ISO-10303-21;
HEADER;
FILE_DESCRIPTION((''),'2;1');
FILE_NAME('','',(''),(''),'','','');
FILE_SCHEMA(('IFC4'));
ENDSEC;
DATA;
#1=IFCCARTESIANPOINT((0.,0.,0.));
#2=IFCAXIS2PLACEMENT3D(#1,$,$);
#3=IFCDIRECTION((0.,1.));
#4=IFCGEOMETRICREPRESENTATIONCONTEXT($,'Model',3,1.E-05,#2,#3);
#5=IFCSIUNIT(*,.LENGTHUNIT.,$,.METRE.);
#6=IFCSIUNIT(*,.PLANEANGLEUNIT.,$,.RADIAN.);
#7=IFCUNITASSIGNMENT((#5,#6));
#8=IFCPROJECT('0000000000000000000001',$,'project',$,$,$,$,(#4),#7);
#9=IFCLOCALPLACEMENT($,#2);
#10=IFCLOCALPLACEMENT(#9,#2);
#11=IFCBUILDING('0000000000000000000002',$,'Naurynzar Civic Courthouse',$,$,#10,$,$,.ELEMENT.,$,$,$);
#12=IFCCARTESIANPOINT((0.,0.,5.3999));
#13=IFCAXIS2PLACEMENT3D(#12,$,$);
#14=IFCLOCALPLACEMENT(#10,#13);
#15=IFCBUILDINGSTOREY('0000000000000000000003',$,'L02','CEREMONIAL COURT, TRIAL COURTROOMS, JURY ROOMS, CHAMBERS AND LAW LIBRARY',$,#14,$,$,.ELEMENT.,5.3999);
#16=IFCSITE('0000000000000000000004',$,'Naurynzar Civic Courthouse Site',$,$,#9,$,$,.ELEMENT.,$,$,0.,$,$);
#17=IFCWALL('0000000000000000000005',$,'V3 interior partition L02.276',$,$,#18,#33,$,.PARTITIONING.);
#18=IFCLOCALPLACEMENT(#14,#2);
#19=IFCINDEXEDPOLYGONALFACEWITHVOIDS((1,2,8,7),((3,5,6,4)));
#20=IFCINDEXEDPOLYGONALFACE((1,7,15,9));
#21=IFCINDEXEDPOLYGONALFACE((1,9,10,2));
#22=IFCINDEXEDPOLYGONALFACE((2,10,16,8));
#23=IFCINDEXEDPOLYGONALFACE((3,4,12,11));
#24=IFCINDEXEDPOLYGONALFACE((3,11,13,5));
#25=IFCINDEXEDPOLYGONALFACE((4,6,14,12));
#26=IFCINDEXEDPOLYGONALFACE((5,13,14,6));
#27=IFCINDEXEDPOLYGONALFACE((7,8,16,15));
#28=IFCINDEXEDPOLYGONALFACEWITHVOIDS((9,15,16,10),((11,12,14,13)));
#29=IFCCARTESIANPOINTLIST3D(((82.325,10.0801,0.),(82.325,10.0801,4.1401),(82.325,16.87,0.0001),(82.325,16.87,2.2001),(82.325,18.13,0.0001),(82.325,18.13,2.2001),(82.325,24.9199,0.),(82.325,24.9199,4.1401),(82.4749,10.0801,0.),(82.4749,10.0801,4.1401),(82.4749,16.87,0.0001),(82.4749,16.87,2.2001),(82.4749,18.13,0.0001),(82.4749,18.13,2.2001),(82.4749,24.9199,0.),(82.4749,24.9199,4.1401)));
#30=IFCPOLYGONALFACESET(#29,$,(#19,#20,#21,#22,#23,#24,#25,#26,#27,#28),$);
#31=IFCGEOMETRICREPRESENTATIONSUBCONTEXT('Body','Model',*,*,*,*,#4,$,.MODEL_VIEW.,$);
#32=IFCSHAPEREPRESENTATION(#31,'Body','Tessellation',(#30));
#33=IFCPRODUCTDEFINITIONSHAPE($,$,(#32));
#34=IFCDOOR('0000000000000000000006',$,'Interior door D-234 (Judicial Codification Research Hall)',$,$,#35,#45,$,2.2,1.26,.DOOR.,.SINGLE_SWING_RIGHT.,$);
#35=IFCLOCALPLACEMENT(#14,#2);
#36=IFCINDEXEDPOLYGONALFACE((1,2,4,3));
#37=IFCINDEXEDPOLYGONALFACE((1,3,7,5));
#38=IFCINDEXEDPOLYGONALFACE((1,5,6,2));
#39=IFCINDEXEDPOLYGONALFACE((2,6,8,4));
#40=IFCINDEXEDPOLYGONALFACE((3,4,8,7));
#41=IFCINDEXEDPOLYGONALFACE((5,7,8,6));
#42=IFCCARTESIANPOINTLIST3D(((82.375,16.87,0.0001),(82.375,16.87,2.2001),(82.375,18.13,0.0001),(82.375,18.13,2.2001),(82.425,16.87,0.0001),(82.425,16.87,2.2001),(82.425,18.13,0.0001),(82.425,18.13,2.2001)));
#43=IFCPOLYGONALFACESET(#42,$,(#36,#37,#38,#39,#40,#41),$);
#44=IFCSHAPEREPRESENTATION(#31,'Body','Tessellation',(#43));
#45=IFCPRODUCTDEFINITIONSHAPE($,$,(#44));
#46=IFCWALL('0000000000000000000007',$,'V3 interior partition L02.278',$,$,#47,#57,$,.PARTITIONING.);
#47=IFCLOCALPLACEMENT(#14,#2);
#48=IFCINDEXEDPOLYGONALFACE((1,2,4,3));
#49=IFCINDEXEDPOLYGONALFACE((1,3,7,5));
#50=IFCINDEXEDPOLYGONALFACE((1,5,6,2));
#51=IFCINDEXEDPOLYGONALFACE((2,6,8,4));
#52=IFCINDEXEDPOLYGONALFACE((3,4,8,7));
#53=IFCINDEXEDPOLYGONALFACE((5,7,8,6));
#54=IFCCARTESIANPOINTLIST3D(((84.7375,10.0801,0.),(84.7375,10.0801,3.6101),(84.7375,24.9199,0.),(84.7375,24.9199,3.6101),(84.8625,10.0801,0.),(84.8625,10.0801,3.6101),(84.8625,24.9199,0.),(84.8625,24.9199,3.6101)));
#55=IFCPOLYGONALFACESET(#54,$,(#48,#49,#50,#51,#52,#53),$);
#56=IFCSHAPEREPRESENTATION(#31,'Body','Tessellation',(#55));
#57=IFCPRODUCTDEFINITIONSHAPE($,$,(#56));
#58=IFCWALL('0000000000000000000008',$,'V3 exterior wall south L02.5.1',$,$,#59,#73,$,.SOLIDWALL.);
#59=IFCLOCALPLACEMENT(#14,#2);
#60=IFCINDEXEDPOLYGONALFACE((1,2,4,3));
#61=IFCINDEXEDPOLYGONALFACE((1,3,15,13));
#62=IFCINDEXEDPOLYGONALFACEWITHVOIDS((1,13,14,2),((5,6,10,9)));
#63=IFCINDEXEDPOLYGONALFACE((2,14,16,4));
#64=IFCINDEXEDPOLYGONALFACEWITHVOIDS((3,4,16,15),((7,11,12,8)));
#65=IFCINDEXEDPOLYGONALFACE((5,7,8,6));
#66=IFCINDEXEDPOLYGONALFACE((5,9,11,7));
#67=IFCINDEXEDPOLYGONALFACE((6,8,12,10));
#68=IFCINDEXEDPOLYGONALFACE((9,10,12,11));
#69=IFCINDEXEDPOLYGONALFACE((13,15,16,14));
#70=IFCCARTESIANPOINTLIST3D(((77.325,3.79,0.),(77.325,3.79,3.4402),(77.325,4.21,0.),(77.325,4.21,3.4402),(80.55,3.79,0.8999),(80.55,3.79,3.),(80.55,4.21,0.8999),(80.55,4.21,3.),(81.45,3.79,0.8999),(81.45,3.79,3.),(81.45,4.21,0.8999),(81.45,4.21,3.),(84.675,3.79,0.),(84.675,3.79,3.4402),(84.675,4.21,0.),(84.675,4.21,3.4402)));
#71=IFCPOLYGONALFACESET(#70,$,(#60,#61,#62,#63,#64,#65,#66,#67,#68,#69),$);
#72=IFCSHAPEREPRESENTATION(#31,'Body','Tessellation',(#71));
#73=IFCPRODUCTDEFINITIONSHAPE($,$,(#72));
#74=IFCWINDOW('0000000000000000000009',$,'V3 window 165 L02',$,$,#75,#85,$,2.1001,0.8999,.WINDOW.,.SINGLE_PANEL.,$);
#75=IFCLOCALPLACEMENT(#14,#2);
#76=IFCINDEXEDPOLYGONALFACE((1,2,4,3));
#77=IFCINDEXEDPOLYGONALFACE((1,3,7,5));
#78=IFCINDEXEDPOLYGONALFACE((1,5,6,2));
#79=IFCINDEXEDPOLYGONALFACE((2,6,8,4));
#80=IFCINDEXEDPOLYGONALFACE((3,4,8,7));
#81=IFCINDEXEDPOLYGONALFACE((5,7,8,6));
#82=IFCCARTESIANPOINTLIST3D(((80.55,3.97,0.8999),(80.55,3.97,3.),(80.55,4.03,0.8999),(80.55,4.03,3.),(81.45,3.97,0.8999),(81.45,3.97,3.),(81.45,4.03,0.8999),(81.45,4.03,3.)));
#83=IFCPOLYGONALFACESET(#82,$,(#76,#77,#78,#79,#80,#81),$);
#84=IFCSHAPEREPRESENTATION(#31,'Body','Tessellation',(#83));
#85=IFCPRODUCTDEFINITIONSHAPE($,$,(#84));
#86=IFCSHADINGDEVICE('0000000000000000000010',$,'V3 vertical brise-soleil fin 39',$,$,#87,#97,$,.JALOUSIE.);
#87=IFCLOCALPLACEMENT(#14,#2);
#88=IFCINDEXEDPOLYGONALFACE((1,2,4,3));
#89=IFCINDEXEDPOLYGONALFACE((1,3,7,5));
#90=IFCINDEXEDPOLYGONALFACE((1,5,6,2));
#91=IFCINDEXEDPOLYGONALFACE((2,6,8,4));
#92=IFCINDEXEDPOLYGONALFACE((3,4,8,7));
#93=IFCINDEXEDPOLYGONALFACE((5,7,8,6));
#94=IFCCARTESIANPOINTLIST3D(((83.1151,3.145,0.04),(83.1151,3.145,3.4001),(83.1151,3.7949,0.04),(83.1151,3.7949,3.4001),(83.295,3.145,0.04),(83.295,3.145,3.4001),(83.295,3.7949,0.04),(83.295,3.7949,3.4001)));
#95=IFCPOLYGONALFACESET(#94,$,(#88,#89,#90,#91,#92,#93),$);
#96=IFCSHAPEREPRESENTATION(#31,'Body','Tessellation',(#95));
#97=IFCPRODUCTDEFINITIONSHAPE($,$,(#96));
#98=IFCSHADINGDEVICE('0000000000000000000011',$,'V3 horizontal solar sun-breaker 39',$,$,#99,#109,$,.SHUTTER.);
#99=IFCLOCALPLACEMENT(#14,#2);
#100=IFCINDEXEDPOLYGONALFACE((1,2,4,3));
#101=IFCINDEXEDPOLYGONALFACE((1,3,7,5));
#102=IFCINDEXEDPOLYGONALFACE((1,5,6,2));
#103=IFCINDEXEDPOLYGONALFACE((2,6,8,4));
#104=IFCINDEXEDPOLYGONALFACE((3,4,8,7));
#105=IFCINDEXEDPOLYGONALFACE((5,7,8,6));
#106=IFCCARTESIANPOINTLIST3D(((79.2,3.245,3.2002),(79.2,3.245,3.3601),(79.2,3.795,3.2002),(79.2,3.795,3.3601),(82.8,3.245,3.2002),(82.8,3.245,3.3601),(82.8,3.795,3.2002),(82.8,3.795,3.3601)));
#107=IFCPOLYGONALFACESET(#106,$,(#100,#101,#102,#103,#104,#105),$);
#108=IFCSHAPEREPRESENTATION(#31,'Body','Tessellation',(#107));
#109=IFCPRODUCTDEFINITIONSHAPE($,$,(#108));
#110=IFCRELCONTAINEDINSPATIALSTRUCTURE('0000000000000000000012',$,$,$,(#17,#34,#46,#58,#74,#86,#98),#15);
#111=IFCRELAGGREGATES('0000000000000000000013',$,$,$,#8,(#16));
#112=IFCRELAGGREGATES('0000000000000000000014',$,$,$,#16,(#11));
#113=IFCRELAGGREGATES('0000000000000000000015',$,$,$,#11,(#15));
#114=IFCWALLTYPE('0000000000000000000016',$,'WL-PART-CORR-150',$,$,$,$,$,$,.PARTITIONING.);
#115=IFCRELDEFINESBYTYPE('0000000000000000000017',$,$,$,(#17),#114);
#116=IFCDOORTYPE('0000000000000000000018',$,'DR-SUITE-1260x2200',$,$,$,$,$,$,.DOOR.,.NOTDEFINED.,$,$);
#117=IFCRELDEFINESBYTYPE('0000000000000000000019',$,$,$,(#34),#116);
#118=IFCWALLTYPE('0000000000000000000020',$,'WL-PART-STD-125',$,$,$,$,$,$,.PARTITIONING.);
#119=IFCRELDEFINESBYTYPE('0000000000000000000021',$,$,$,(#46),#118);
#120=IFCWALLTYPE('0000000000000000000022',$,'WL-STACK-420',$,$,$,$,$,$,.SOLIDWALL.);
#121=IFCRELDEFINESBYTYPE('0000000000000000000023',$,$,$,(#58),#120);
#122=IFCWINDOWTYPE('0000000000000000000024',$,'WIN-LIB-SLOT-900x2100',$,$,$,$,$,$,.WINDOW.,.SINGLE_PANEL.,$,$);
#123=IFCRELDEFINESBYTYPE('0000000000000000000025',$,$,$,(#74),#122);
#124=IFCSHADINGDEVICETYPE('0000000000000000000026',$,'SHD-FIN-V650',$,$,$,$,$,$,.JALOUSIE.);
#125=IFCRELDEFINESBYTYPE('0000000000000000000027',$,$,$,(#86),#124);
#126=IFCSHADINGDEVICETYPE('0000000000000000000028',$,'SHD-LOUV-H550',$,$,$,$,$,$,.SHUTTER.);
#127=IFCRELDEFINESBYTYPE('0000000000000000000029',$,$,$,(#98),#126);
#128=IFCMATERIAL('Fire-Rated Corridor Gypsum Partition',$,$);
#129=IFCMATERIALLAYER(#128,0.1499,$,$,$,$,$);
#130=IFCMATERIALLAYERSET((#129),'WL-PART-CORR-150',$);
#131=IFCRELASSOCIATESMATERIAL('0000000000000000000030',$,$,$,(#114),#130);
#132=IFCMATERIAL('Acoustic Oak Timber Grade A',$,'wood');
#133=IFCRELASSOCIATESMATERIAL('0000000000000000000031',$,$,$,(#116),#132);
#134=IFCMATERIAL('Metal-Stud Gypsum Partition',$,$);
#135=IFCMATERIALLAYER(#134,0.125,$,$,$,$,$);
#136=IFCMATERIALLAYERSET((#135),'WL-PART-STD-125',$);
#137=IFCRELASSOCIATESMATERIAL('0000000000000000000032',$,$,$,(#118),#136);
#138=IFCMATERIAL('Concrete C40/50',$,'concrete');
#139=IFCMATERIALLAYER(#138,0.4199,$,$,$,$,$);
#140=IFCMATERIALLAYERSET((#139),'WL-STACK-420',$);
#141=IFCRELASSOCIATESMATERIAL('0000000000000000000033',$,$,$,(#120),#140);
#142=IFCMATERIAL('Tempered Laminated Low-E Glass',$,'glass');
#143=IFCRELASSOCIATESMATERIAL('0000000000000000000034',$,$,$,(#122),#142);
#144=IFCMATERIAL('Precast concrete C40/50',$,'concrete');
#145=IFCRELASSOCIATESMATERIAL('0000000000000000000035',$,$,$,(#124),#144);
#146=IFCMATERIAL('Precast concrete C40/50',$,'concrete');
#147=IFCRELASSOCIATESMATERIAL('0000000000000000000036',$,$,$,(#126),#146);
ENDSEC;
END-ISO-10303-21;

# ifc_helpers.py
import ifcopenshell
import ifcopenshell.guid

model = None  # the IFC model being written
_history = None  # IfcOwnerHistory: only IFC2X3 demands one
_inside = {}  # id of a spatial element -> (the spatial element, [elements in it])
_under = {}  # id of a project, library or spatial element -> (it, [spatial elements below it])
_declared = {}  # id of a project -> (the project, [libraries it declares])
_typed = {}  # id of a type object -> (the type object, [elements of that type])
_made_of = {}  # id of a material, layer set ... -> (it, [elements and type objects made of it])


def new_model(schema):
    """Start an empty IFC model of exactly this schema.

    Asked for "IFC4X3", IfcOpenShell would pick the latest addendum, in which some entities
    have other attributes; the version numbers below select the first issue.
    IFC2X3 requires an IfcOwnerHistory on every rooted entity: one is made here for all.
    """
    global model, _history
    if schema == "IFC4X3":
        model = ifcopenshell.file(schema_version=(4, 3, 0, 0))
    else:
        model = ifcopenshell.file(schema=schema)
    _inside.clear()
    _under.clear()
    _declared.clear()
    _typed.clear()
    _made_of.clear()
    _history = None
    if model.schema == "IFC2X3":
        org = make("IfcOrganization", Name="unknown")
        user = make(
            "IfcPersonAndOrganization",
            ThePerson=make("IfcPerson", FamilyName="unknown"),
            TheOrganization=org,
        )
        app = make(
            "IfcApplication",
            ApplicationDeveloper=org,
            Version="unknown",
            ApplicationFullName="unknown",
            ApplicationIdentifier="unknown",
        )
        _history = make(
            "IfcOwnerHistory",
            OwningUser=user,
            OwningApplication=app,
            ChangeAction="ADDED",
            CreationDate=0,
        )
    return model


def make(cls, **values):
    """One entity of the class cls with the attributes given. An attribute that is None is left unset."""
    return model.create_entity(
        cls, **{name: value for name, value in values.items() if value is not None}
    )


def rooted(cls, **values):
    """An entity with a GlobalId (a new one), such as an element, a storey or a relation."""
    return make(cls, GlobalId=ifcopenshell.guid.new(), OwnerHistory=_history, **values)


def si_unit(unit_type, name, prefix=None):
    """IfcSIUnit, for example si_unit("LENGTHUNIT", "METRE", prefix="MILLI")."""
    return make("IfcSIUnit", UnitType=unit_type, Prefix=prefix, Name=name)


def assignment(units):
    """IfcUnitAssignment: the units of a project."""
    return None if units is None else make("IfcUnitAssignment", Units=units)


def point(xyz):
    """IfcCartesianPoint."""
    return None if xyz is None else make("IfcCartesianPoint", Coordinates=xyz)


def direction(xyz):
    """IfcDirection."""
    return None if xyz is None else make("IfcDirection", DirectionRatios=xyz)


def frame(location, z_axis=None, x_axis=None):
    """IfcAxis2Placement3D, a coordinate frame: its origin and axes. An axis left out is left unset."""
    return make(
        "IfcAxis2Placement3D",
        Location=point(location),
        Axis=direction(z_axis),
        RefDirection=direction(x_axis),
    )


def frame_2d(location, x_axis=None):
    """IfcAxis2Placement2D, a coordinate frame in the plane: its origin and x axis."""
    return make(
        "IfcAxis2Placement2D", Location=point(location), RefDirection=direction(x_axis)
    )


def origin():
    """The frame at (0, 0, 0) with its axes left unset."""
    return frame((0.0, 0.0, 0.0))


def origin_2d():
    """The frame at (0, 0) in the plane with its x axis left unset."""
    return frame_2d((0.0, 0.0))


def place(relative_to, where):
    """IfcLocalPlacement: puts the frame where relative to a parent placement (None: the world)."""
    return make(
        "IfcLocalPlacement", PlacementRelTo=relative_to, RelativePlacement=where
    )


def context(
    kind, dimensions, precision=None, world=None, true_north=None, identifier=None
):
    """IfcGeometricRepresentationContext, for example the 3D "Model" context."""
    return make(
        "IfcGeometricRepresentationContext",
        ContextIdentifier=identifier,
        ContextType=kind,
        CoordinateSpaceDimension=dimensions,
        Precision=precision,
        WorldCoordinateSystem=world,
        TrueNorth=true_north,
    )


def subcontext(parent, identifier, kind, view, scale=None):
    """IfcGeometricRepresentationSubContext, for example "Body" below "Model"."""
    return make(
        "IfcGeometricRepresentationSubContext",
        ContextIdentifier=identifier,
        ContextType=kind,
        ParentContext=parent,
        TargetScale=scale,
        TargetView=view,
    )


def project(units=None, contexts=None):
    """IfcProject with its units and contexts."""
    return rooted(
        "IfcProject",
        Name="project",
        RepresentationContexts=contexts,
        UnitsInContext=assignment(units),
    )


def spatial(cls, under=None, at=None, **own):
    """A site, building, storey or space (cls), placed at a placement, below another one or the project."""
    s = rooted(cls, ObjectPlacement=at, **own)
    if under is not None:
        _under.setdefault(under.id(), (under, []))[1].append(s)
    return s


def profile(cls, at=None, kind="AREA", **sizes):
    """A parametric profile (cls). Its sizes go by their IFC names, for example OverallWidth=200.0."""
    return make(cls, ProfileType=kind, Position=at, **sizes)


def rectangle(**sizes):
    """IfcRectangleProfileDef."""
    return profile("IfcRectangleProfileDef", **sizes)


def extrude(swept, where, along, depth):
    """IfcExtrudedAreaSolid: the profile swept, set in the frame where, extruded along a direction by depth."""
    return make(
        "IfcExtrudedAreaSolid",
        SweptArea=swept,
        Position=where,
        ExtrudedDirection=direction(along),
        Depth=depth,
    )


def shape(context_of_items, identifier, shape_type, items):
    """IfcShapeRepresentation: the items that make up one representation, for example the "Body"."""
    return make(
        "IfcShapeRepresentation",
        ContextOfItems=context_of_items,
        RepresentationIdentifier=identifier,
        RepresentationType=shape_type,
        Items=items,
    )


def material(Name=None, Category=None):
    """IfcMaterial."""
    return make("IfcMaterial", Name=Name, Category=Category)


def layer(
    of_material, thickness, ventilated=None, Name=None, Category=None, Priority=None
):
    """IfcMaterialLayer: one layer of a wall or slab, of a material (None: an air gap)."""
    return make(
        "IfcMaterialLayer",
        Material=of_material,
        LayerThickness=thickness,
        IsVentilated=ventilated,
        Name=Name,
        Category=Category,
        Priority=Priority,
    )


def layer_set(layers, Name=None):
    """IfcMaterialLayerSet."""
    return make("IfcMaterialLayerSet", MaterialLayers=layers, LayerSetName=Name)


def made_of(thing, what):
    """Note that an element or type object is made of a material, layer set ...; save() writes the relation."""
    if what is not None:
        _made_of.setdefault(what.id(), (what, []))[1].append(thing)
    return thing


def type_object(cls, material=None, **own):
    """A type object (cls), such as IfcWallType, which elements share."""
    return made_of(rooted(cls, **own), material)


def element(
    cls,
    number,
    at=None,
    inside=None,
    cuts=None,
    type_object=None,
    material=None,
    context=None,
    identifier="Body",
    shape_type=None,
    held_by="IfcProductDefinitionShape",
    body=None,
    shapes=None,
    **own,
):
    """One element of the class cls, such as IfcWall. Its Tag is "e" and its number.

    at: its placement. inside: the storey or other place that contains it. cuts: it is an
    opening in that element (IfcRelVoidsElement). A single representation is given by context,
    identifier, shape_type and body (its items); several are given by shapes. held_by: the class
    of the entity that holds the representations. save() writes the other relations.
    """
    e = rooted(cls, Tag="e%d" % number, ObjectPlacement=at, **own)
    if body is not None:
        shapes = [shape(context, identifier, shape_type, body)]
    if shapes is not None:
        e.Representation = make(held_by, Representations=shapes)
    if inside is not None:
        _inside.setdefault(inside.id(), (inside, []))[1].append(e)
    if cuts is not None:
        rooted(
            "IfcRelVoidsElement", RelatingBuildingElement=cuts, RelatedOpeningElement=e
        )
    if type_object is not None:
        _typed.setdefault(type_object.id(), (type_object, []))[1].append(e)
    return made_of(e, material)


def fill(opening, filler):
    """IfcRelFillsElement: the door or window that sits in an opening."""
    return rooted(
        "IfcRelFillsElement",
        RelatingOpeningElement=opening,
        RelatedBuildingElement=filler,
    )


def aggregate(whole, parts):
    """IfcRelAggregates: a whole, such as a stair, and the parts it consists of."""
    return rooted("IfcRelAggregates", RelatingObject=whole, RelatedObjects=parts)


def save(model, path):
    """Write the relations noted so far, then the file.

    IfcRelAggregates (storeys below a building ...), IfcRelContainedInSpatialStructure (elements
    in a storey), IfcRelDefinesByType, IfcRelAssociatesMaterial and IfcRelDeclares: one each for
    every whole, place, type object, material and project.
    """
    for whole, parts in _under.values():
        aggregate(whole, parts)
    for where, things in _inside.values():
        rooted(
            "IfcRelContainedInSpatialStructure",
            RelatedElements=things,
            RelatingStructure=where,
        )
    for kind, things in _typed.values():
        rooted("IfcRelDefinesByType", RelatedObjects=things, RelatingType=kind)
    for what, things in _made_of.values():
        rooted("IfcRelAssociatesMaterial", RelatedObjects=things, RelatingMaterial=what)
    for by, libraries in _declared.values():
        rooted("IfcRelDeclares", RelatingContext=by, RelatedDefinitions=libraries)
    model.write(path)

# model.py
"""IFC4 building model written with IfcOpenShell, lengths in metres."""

from ifc_helpers import new_model, si_unit, direction, frame, frame_2d, origin, origin_2d, place, context, subcontext, project, spatial, rectangle, extrude, material, layer, layer_set, type_object, element, fill, save


model = new_model("IFC4")

# Units and contexts
model_context = context("Model", 3, precision=1e-05, world=origin(), true_north=direction((0.0, 1.0)))
body_context = subcontext(model_context, "Body", "Model", "MODEL_VIEW")
ifc_project = project(units=[si_unit("LENGTHUNIT", "METRE"), si_unit("PLANEANGLEUNIT", "RADIAN")], contexts=[model_context])

# Site, building, storey
site_placement = place(None, origin())
site = spatial("IfcSite", under=ifc_project, at=site_placement, Name="Naurynzar Civic Courthouse Site", CompositionType="ELEMENT", RefElevation=0.0)
building_placement = place(site_placement, origin())
building = spatial("IfcBuilding", under=site, at=building_placement, Name="Naurynzar Civic Courthouse", CompositionType="ELEMENT")
storey_placement = place(building_placement, frame((0.0, 0.0, 5.3999)))
storey = spatial("IfcBuildingStorey", under=building, at=storey_placement, Name="L02", Description="CEREMONIAL COURT, TRIAL COURTROOMS, JURY ROOMS, CHAMBERS AND LAW LIBRARY", CompositionType="ELEMENT", Elevation=5.3999)

# Wall, opening, door
ifc_material_1 = material(Name="Fire-Rated Corridor Gypsum Partition")
ifc_layer_1 = layer(ifc_material_1, 0.1499)
ifc_layer_set_1 = layer_set([ifc_layer_1], Name="WL-PART-CORR-150")
wall_type_1 = type_object("IfcWallType", Name="WL-PART-CORR-150", PredefinedType="PARTITIONING", material=ifc_layer_set_1)
wall_1_placement = place(storey_placement, frame((82.3999, 10.0801, 0.0), z_axis=(0.0, 0.0, 1.0), x_axis=(0.0, 1.0, 0.0)))
wall_1 = element("IfcWall", 1, at=wall_1_placement, inside=storey, type_object=wall_type_1, Name="V3 interior partition L02.276", PredefinedType="PARTITIONING", context=body_context, shape_type="SweptSolid", body=[
    extrude(rectangle(XDim=14.8398, YDim=0.1499, at=frame_2d((7.4199, 0.0))), origin(), (0.0, 0.0, 1.0), 4.1401),
])
opening_1_placement = place(wall_1_placement, frame((6.79, 0.0, 0.0)))
opening_1 = element("IfcOpeningElement", 2, at=opening_1_placement, cuts=wall_1, PredefinedType="OPENING", context=body_context, shape_type="SweptSolid", body=[
    extrude(rectangle(XDim=1.26, YDim=2.2, at=frame_2d((0.6299, 1.1001))), frame((0.0, 0.085, 0.0), z_axis=(0.0, -1.0, 0.0), x_axis=(1.0, 0.0, 0.0)), (0.0, 0.0, 1.0), 0.1699),
])
ifc_material_2 = material(Name="Acoustic Oak Timber Grade A", Category="wood")
door_type_1 = type_object("IfcDoorType", Name="DR-SUITE-1260x2200", OperationType="NOTDEFINED", PredefinedType="DOOR", material=ifc_material_2)
door_1_placement = place(opening_1_placement, origin())
door_1 = element("IfcDoor", 3, at=door_1_placement, inside=storey, type_object=door_type_1, Name="Interior door D-234 (Judicial Codification Research Hall)", OperationType="SINGLE_SWING_RIGHT", OverallHeight=2.2, OverallWidth=1.26, PredefinedType="DOOR", context=body_context, shape_type="SweptSolid", body=[
    extrude(rectangle(XDim=1.26, YDim=2.2, at=frame_2d((0.6299, 1.1001))), frame((0.0, 0.0249, 0.0), z_axis=(0.0, -1.0, 0.0), x_axis=(1.0, 0.0, 0.0)), (0.0, 0.0, 1.0), 0.05),
])
fill(opening_1, door_1)

# Wall
ifc_material_3 = material(Name="Metal-Stud Gypsum Partition")
ifc_layer_2 = layer(ifc_material_3, 0.125)
ifc_layer_set_2 = layer_set([ifc_layer_2], Name="WL-PART-STD-125")
wall_type_2 = type_object("IfcWallType", Name="WL-PART-STD-125", PredefinedType="PARTITIONING", material=ifc_layer_set_2)
wall_2_placement = place(storey_placement, frame((84.8, 10.0801, 0.0), z_axis=(0.0, 0.0, 1.0), x_axis=(0.0, 1.0, 0.0)))
element("IfcWall", 4, at=wall_2_placement, inside=storey, type_object=wall_type_2, Name="V3 interior partition L02.278", PredefinedType="PARTITIONING", context=body_context, shape_type="SweptSolid", body=[
    extrude(rectangle(XDim=14.8398, YDim=0.125, at=frame_2d((7.4199, 0.0))), origin(), (0.0, 0.0, 1.0), 3.6101),
])

# Wall, opening, window
ifc_material_4 = material(Name="Concrete C40/50", Category="concrete")
ifc_layer_3 = layer(ifc_material_4, 0.4199)
ifc_layer_set_3 = layer_set([ifc_layer_3], Name="WL-STACK-420")
wall_type_3 = type_object("IfcWallType", Name="WL-STACK-420", PredefinedType="SOLIDWALL", material=ifc_layer_set_3)
wall_3_placement = place(storey_placement, frame((84.675, 4.0, 0.0), z_axis=(0.0, 0.0, 1.0), x_axis=(-1.0, 0.0, 0.0)))
wall_3 = element("IfcWall", 5, at=wall_3_placement, inside=storey, type_object=wall_type_3, Name="V3 exterior wall south L02.5.1", PredefinedType="SOLIDWALL", context=body_context, shape_type="SweptSolid", body=[
    extrude(rectangle(XDim=7.3501, YDim=0.4199, at=frame_2d((3.675, 0.0))), origin(), (0.0, 0.0, 1.0), 3.4402),
])
opening_2_placement = place(wall_3_placement, frame((3.2251, 0.0, 0.8999)))
opening_2 = element("IfcOpeningElement", 6, at=opening_2_placement, cuts=wall_3, PredefinedType="OPENING", context=body_context, shape_type="SweptSolid", body=[
    extrude(rectangle(XDim=0.8999, YDim=2.1001, at=frame_2d((0.45, 1.05))), frame((0.0, 0.22, 0.0), z_axis=(0.0, -1.0, 0.0), x_axis=(1.0, 0.0, 0.0)), (0.0, 0.0, 1.0), 0.4399),
])
ifc_material_5 = material(Name="Tempered Laminated Low-E Glass", Category="glass")
window_type = type_object("IfcWindowType", Name="WIN-LIB-SLOT-900x2100", PartitioningType="SINGLE_PANEL", PredefinedType="WINDOW", material=ifc_material_5)
window_placement = place(opening_2_placement, origin())
window = element("IfcWindow", 7, at=window_placement, inside=storey, type_object=window_type, Name="V3 window 165 L02", OverallHeight=2.1001, OverallWidth=0.8999, PartitioningType="SINGLE_PANEL", PredefinedType="WINDOW", context=body_context, shape_type="SweptSolid", body=[
    extrude(rectangle(XDim=0.8999, YDim=2.1001, at=frame_2d((0.45, 1.05))), frame((0.0, 0.03, 0.0), z_axis=(0.0, -1.0, 0.0), x_axis=(1.0, 0.0, 0.0)), (0.0, 0.0, 1.0), 0.0601),
])
fill(opening_2, window)

# Shading devices
ifc_material_6 = material(Name="Precast concrete C40/50", Category="concrete")
shading_device_type_1 = type_object("IfcShadingDeviceType", Name="SHD-FIN-V650", PredefinedType="JALOUSIE", material=ifc_material_6)
shading_device_1_placement = place(storey_placement, frame((83.2051, 3.47, 0.04), z_axis=(0.0, 0.0, 1.0), x_axis=(-1.0, 0.0, 0.0)))
element("IfcShadingDevice", 8, at=shading_device_1_placement, inside=storey, type_object=shading_device_type_1, Name="V3 vertical brise-soleil fin 39", PredefinedType="JALOUSIE", context=body_context, shape_type="SweptSolid", body=[
    extrude(rectangle(XDim=0.1799, YDim=0.6499, at=origin_2d()), origin(), (0.0, 0.0, 1.0), 3.3601),
])
ifc_material_7 = material(Name="Precast concrete C40/50", Category="concrete")
shading_device_type_2 = type_object("IfcShadingDeviceType", Name="SHD-LOUV-H550", PredefinedType="SHUTTER", material=ifc_material_7)
shading_device_2_placement = place(storey_placement, frame((81.0, 3.52, 3.2002), z_axis=(0.0, 0.0, 1.0), x_axis=(-1.0, 0.0, 0.0)))
element("IfcShadingDevice", 9, at=shading_device_2_placement, inside=storey, type_object=shading_device_type_2, Name="V3 horizontal solar sun-breaker 39", PredefinedType="SHUTTER", context=body_context, shape_type="SweptSolid", body=[
    extrude(rectangle(XDim=3.6001, YDim=0.55, at=origin_2d()), origin(), (0.0, 0.0, 1.0), 0.1599),
])

save(model, "model.ifc")
